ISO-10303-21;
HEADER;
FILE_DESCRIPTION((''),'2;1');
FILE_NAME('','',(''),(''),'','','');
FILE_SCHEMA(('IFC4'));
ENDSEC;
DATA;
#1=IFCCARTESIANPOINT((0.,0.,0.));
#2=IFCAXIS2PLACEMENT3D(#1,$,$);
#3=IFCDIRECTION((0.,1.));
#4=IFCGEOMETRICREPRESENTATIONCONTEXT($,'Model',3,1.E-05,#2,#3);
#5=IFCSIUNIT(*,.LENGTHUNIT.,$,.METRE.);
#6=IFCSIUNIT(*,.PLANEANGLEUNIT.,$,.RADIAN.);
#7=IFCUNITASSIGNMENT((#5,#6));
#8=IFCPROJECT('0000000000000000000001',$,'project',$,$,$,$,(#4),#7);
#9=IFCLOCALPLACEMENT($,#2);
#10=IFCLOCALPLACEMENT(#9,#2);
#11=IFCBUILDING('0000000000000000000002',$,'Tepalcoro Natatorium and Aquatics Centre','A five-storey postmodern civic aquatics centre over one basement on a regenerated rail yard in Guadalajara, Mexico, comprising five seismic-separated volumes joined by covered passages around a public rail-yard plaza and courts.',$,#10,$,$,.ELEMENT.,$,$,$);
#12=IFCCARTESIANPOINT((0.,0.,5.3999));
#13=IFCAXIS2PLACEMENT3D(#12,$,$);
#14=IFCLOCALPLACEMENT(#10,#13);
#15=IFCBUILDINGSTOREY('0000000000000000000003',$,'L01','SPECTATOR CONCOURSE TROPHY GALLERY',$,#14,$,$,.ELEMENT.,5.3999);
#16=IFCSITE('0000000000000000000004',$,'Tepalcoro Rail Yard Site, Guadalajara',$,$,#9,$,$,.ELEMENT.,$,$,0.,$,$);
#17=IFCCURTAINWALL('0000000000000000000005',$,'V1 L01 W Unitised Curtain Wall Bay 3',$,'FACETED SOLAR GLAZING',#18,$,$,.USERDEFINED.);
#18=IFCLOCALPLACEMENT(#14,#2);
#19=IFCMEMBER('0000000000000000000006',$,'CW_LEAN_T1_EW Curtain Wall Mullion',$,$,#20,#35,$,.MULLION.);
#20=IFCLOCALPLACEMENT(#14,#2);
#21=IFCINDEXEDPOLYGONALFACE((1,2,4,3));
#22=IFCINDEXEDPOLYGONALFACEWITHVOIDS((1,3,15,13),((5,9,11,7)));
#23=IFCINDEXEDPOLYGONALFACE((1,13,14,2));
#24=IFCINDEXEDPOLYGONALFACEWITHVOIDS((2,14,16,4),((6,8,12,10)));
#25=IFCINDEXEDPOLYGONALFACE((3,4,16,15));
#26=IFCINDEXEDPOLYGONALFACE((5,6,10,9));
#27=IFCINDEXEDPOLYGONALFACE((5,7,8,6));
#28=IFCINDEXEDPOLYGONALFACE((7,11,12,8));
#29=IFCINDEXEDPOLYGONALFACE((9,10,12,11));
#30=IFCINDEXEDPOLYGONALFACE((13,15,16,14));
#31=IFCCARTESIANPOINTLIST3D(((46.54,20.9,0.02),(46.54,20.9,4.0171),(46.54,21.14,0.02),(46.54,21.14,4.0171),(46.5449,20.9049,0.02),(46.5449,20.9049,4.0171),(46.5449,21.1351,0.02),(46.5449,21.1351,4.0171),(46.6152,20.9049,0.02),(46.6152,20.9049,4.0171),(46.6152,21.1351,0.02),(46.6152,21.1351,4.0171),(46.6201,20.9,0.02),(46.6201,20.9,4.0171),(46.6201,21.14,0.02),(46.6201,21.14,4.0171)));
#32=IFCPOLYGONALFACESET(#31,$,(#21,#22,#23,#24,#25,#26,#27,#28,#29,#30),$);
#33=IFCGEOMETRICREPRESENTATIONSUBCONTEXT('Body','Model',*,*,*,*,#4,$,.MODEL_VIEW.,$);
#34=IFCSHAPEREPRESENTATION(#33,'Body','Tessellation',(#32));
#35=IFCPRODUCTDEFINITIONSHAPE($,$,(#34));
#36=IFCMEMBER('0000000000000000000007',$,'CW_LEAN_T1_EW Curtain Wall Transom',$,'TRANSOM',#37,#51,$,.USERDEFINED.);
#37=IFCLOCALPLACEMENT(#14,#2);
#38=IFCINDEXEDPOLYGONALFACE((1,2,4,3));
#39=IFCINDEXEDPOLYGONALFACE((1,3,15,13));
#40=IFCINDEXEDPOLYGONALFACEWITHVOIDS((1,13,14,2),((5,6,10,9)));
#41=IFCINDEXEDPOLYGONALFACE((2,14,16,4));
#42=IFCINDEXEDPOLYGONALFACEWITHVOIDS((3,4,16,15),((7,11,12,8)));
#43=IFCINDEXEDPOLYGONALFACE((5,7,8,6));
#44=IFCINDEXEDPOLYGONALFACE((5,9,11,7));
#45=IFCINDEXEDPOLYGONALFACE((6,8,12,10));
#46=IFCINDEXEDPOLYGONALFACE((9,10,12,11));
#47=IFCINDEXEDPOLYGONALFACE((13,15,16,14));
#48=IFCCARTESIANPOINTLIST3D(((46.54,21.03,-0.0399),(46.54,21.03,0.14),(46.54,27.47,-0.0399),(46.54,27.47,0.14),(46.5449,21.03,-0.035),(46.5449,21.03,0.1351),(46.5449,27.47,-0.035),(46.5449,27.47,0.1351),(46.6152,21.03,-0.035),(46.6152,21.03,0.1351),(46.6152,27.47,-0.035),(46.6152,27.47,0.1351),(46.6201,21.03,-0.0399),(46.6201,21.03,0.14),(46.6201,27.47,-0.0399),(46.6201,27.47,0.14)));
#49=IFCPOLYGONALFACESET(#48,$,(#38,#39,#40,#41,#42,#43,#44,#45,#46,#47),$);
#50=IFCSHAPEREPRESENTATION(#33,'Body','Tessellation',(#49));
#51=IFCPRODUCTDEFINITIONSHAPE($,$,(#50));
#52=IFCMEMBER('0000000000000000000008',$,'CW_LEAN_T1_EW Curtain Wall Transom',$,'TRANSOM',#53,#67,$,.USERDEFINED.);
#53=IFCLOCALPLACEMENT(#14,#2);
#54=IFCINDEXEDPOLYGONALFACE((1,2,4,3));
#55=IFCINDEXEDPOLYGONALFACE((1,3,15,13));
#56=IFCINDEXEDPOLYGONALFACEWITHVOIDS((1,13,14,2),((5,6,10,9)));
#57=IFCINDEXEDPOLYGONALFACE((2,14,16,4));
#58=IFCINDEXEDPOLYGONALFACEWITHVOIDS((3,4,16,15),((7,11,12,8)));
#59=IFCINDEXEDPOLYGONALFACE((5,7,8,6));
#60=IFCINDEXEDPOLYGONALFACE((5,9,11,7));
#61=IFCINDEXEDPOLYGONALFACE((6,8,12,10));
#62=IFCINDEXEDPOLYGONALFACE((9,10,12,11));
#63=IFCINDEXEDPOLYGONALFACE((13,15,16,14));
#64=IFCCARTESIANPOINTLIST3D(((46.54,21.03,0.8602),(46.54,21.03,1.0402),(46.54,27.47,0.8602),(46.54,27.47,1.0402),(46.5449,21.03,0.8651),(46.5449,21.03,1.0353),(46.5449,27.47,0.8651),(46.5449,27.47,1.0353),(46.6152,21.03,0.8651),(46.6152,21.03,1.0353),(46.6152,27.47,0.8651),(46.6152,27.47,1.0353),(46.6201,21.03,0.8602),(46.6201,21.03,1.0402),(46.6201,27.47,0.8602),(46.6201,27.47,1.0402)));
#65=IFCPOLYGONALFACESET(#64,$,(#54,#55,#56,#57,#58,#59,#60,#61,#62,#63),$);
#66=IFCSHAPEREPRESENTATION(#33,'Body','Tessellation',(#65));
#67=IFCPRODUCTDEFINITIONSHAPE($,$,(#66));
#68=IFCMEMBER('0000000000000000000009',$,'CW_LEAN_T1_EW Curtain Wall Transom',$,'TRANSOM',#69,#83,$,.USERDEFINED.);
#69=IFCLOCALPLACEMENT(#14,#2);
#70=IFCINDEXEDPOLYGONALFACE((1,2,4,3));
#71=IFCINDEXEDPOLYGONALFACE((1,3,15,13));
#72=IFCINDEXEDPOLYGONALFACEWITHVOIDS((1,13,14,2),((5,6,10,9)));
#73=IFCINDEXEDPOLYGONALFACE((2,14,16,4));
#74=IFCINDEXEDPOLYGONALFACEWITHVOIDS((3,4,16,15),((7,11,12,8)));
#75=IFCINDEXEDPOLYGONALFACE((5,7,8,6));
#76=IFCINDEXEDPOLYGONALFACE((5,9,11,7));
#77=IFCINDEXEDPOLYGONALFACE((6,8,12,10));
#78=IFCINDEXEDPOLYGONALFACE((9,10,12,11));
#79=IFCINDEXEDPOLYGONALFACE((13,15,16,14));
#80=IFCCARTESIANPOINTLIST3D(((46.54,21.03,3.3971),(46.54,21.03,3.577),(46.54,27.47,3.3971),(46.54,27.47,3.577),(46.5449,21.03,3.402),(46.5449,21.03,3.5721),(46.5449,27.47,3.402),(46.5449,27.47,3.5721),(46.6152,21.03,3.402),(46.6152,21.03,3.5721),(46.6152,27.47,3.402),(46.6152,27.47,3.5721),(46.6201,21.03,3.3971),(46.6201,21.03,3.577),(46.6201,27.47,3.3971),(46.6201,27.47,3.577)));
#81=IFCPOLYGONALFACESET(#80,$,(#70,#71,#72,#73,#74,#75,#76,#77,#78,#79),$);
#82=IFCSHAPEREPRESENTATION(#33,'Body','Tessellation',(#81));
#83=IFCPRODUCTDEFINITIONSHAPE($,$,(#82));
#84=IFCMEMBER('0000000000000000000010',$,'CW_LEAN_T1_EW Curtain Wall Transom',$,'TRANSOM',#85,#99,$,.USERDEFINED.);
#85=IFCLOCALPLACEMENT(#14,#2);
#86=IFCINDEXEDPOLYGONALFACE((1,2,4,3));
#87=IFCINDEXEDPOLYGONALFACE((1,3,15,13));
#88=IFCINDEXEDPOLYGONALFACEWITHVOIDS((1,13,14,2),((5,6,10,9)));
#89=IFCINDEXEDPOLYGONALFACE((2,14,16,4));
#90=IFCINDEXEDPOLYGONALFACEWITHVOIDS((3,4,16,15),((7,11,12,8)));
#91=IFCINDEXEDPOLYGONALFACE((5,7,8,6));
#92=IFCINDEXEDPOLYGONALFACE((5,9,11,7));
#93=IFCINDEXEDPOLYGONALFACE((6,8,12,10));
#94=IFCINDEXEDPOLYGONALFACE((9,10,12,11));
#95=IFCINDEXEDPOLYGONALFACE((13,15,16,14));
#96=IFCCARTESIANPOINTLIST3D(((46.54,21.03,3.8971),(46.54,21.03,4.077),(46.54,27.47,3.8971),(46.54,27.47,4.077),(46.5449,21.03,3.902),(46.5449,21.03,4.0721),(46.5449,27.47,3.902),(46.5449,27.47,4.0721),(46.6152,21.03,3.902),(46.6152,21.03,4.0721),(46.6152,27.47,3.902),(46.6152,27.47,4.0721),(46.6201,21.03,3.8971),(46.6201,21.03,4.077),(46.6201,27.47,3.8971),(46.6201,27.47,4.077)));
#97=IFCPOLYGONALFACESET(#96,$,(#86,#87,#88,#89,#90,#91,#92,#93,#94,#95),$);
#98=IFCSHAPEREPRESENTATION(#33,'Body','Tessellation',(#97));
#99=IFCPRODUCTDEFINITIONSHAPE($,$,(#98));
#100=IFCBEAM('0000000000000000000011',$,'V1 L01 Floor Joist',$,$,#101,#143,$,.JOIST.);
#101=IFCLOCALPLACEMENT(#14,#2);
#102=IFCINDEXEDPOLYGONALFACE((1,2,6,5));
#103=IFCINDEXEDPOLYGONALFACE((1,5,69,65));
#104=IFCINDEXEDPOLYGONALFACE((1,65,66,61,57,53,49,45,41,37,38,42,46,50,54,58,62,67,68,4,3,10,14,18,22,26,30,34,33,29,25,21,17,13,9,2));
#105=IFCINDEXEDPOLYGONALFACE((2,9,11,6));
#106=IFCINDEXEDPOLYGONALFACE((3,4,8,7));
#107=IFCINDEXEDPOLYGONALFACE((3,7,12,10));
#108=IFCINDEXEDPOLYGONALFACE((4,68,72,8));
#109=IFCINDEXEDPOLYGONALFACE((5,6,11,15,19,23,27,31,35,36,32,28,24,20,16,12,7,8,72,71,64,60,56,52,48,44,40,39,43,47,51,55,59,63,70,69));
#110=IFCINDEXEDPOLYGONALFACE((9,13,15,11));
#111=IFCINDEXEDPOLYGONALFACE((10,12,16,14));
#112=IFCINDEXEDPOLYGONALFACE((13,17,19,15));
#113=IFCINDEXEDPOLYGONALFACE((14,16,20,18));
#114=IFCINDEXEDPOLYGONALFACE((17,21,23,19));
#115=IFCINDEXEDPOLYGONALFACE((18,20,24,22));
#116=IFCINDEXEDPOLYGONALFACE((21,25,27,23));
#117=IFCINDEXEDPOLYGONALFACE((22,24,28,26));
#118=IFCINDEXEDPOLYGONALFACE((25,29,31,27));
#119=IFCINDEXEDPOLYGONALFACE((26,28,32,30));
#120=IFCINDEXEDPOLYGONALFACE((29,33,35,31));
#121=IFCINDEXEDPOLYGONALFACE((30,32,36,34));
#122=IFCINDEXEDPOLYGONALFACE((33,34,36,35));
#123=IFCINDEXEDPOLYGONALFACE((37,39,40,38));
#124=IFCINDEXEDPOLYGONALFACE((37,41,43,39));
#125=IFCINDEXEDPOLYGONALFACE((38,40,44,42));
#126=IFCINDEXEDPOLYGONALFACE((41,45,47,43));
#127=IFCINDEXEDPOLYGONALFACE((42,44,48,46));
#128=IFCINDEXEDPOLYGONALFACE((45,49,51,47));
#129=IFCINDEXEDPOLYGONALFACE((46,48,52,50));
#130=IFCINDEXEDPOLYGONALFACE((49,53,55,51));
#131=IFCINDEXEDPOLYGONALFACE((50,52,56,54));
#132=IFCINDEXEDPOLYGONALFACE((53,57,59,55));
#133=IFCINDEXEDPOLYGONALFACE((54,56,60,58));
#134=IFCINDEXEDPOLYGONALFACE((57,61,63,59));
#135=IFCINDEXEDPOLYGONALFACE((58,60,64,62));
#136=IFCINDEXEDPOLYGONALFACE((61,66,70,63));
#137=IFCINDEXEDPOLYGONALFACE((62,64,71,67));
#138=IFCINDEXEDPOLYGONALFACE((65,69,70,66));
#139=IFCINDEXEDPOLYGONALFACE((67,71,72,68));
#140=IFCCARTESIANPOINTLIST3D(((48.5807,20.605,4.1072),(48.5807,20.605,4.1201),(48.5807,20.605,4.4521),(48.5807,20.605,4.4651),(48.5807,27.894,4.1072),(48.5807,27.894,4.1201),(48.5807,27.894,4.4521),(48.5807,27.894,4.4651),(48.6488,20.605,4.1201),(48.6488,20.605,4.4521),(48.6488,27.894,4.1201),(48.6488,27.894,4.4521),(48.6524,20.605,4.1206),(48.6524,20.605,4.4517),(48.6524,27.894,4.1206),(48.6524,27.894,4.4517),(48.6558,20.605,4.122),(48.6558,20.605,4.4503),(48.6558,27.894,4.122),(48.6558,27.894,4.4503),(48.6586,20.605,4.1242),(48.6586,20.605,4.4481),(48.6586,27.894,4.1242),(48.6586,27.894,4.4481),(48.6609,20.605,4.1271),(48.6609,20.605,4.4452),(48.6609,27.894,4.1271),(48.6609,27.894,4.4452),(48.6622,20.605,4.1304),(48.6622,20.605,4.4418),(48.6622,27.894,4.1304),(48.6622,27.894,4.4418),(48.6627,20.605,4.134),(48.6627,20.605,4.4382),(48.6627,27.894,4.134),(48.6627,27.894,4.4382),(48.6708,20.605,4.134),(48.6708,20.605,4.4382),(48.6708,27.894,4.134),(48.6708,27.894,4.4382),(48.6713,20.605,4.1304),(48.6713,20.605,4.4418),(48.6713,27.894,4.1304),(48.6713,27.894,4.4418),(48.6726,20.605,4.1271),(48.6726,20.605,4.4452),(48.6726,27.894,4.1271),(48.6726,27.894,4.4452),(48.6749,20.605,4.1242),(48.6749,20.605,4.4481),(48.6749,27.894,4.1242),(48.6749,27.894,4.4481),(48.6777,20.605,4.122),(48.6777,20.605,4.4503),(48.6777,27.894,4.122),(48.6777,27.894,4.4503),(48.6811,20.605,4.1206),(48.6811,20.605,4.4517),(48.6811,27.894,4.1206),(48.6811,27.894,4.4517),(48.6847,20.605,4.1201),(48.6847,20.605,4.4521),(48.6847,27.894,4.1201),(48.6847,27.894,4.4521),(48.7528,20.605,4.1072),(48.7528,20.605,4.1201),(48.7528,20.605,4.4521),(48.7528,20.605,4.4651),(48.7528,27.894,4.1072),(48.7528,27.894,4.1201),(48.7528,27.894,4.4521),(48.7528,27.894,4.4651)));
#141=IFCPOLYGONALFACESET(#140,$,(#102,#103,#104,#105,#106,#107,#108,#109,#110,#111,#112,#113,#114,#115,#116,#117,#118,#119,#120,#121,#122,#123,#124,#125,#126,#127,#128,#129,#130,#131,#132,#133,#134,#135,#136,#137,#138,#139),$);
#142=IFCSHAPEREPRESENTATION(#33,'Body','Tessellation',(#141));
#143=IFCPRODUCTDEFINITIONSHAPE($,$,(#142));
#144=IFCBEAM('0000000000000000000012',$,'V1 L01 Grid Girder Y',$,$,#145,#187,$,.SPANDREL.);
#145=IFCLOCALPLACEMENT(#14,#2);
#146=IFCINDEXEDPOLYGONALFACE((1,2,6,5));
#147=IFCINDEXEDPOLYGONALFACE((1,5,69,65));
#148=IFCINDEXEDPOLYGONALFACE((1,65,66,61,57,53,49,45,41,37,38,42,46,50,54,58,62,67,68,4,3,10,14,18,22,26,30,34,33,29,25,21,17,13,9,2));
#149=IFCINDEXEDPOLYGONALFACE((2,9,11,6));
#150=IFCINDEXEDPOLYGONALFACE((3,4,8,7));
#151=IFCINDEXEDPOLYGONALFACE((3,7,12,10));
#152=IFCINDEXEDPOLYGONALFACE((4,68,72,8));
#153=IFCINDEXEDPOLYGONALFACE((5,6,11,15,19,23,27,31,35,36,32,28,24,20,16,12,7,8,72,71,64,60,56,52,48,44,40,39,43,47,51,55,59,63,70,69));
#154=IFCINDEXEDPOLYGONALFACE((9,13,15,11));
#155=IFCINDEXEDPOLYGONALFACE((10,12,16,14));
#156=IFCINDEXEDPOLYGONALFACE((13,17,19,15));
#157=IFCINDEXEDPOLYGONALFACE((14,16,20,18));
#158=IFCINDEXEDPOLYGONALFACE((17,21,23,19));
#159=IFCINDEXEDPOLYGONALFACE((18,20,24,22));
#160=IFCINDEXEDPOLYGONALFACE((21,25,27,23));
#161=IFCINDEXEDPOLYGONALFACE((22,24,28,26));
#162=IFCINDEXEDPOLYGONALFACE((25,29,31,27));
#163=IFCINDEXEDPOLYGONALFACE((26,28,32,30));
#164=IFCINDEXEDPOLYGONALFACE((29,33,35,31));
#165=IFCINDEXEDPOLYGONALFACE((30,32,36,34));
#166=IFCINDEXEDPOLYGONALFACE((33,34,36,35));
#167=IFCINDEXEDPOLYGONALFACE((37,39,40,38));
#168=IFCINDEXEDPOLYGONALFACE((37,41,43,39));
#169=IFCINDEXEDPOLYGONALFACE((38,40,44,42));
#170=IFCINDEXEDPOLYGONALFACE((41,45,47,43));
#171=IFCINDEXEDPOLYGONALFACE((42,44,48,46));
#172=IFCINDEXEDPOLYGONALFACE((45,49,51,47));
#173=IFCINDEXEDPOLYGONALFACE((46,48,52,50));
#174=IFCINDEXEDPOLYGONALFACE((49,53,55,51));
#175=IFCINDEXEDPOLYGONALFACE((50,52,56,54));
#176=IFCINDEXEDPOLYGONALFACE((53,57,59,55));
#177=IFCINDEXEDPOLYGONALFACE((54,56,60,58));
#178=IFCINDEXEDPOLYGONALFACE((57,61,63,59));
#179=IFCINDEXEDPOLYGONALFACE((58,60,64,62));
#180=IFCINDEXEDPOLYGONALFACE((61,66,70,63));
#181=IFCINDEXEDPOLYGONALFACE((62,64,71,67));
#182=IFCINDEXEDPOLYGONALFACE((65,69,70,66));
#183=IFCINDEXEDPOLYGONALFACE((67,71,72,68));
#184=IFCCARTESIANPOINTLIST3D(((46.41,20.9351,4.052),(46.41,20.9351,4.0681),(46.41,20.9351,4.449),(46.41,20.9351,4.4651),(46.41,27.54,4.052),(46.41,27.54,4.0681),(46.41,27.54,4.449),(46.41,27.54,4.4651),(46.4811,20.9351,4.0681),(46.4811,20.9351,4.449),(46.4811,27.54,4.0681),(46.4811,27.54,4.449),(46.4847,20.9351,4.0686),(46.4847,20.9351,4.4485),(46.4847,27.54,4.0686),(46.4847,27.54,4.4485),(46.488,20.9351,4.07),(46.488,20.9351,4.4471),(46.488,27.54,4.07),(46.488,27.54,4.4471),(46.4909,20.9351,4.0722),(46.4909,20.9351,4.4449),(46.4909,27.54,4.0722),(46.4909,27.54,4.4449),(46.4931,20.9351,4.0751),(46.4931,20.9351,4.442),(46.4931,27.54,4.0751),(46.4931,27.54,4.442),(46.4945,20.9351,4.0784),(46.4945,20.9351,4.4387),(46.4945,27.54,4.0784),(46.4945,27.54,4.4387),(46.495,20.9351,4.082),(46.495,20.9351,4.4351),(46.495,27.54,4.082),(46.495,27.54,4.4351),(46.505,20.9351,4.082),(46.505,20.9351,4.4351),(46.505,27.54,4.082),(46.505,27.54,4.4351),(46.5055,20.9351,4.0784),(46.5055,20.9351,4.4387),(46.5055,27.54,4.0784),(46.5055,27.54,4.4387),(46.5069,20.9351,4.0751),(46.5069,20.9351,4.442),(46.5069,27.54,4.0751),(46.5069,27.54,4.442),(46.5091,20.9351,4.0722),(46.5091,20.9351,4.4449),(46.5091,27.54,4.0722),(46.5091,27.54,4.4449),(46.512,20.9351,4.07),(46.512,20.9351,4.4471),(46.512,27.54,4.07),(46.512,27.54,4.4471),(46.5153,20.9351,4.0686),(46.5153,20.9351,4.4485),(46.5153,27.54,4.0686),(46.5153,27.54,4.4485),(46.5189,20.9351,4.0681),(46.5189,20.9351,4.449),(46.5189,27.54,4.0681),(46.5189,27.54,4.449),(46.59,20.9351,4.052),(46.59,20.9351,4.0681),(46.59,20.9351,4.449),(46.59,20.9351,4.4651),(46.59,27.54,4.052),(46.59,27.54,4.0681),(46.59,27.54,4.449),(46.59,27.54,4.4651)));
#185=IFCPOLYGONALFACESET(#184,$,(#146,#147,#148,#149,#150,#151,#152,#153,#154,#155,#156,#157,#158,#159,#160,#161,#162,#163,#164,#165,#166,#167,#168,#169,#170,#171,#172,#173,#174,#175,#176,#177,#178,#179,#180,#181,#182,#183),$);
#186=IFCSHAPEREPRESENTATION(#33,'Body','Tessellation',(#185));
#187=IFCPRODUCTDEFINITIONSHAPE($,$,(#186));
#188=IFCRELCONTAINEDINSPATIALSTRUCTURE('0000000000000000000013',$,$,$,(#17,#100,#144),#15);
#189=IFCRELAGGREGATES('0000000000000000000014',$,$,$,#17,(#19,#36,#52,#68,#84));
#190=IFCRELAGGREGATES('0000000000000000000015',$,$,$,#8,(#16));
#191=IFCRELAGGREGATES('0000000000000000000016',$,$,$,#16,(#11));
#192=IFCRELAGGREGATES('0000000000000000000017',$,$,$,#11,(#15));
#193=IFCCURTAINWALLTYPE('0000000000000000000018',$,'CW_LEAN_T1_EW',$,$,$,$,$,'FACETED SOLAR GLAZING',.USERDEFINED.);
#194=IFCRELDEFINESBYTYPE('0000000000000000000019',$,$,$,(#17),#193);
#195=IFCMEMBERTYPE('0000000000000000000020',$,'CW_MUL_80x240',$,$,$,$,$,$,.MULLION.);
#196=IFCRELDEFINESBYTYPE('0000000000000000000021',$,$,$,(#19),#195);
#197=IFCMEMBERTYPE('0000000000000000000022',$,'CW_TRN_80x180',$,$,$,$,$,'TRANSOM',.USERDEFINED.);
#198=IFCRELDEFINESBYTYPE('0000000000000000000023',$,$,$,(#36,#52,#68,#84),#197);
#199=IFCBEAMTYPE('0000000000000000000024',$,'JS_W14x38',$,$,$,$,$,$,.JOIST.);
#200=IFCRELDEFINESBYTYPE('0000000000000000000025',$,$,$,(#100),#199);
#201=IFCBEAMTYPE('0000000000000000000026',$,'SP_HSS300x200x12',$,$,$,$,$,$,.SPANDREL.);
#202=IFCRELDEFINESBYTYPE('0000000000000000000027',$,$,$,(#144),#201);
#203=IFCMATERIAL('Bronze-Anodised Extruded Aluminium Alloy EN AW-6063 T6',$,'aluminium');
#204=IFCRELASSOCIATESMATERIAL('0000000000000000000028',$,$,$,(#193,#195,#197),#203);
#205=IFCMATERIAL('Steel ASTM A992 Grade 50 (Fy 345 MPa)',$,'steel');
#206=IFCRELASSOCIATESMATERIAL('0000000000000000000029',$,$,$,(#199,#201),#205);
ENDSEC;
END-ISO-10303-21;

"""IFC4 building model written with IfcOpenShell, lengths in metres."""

from ifc_helpers import new_model, si_unit, direction, frame, origin, origin_2d, place, context, subcontext, project, spatial, hollow_rectangle, i_section, extrude, material, material_profile, profile_set, type_object, element, aggregate, save


model = new_model("IFC4")

# Units and contexts
model_context = context("Model", 3, precision=1e-05, world=origin(), true_north=direction((0.0, 1.0)))
body_context = subcontext(model_context, "Body", "Model", "MODEL_VIEW")
ifc_project = project(units=[si_unit("LENGTHUNIT", "METRE"), si_unit("PLANEANGLEUNIT", "RADIAN")], contexts=[model_context])

# Site, building, storey
site_placement = place(None, origin())
site = spatial("IfcSite", under=ifc_project, at=site_placement, Name="Tepalcoro Rail Yard Site, Guadalajara", CompositionType="ELEMENT", RefElevation=0.0)
building_placement = place(site_placement, origin())
building = spatial("IfcBuilding", under=site, at=building_placement, Name="Tepalcoro Natatorium and Aquatics Centre", Description="A five-storey postmodern civic aquatics centre over one basement on a regenerated rail yard in Guadalajara, Mexico, comprising five seismic-separated volumes joined by covered passages around a public rail-yard plaza and courts.", CompositionType="ELEMENT")
storey_placement = place(building_placement, frame((0.0, 0.0, 5.3999)))
storey = spatial("IfcBuildingStorey", under=building, at=storey_placement, Name="L01", Description="SPECTATOR CONCOURSE TROPHY GALLERY", CompositionType="ELEMENT", Elevation=5.3999)

# Shared definitions
ifc_material_1 = material(Name="Steel ASTM A992 Grade 50 (Fy 345 MPa)", Category="steel")

# Curtain wall, members
ifc_material_2 = material(Name="Bronze-Anodised Extruded Aluminium Alloy EN AW-6063 T6", Category="aluminium")
curtain_wall_type_1 = type_object("IfcCurtainWallType", Name="CW_LEAN_T1_EW", ElementType="FACETED SOLAR GLAZING", PredefinedType="USERDEFINED", material=ifc_material_2)
curtain_wall_1_placement = place(storey_placement, origin())
curtain_wall_1 = element("IfcCurtainWall", 1, at=curtain_wall_1_placement, inside=storey, type_object=curtain_wall_type_1, Name="V1 L01 W Unitised Curtain Wall Bay 3", ObjectType="FACETED SOLAR GLAZING", PredefinedType="USERDEFINED")
ifc_material_profile_1 = material_profile(ifc_material_2, hollow_rectangle(XDim=0.0801, YDim=0.24, WallThickness=0.0049, at=origin_2d()), Name="AL80X240X5")
ifc_profile_set_1 = profile_set([ifc_material_profile_1], Name="Bronze-Anodised Extruded Aluminium Alloy EN AW-6063 T6")
member_type_1 = type_object("IfcMemberType", Name="CW_MUL_80x240", PredefinedType="MULLION", material=ifc_profile_set_1)
member_1_placement = place(storey_placement, frame((46.5801, 21.02, 0.02), z_axis=(0.0, 0.0, 1.0), x_axis=(1.0, 0.0, 0.0)))
member_1 = element("IfcMember", 2, at=member_1_placement, type_object=member_type_1, Name="CW_LEAN_T1_EW Curtain Wall Mullion", PredefinedType="MULLION", context=body_context, shape_type="SweptSolid", body=[
    extrude(hollow_rectangle(XDim=0.0801, YDim=0.24, WallThickness=0.0049, at=origin_2d()), origin(), (0.0, 0.0, 1.0), 3.9971),
])
ifc_material_profile_2 = material_profile(ifc_material_2, hollow_rectangle(XDim=0.0801, YDim=0.1799, WallThickness=0.0049, at=origin_2d()), Name="AL80X180X5")
ifc_profile_set_2 = profile_set([ifc_material_profile_2], Name="Bronze-Anodised Extruded Aluminium Alloy EN AW-6063 T6")
member_type_2 = type_object("IfcMemberType", Name="CW_TRN_80x180", ElementType="TRANSOM", PredefinedType="USERDEFINED", material=ifc_profile_set_2)
member_2_placement = place(storey_placement, frame((46.5801, 21.03, 0.05), z_axis=(0.0, 1.0, 0.0), x_axis=(-1.0, 0.0, 0.0)))
member_2 = element("IfcMember", 3, at=member_2_placement, type_object=member_type_2, Name="CW_LEAN_T1_EW Curtain Wall Transom", ObjectType="TRANSOM", PredefinedType="USERDEFINED", context=body_context, shape_type="SweptSolid", body=[
    extrude(hollow_rectangle(XDim=0.0801, YDim=0.1799, WallThickness=0.0049, at=origin_2d()), origin(), (0.0, 0.0, 1.0), 6.4399),
])
member_3_placement = place(storey_placement, frame((46.5801, 21.03, 0.9502), z_axis=(0.0, 1.0, 0.0), x_axis=(-1.0, 0.0, 0.0)))
member_3 = element("IfcMember", 4, at=member_3_placement, type_object=member_type_2, Name="CW_LEAN_T1_EW Curtain Wall Transom", ObjectType="TRANSOM", PredefinedType="USERDEFINED", context=body_context, shape_type="SweptSolid", body=[
    extrude(hollow_rectangle(XDim=0.0801, YDim=0.1799, WallThickness=0.0049, at=origin_2d()), origin(), (0.0, 0.0, 1.0), 6.4399),
])
member_4_placement = place(storey_placement, frame((46.5801, 21.03, 3.4871), z_axis=(0.0, 1.0, 0.0), x_axis=(-1.0, 0.0, 0.0)))
member_4 = element("IfcMember", 5, at=member_4_placement, type_object=member_type_2, Name="CW_LEAN_T1_EW Curtain Wall Transom", ObjectType="TRANSOM", PredefinedType="USERDEFINED", context=body_context, shape_type="SweptSolid", body=[
    extrude(hollow_rectangle(XDim=0.0801, YDim=0.1799, WallThickness=0.0049, at=origin_2d()), origin(), (0.0, 0.0, 1.0), 6.4399),
])
member_5_placement = place(storey_placement, frame((46.5801, 21.03, 3.9871), z_axis=(0.0, 1.0, 0.0), x_axis=(-1.0, 0.0, 0.0)))
member_5 = element("IfcMember", 6, at=member_5_placement, type_object=member_type_2, Name="CW_LEAN_T1_EW Curtain Wall Transom", ObjectType="TRANSOM", PredefinedType="USERDEFINED", context=body_context, shape_type="SweptSolid", body=[
    extrude(hollow_rectangle(XDim=0.0801, YDim=0.1799, WallThickness=0.0049, at=origin_2d()), origin(), (0.0, 0.0, 1.0), 6.4399),
])

# Beams
ifc_material_profile_3 = material_profile(ifc_material_1, i_section(OverallWidth=0.1721, OverallDepth=0.3579, WebThickness=0.0081, FlangeThickness=0.0129, FilletRadius=0.0139, at=origin_2d()), Name="W14X38")
ifc_profile_set_3 = profile_set([ifc_material_profile_3], Name="Steel ASTM A992 Grade 50 (Fy 345 MPa)")
beam_type_1 = type_object("IfcBeamType", Name="JS_W14x38", PredefinedType="JOIST", material=ifc_profile_set_3)
beam_1_placement = place(storey_placement, frame((48.6667, 20.605, 4.2861), z_axis=(0.0, 1.0, 0.0), x_axis=(-1.0, 0.0, 0.0)))
element("IfcBeam", 7, at=beam_1_placement, inside=storey, type_object=beam_type_1, Name="V1 L01 Floor Joist", PredefinedType="JOIST", context=body_context, shape_type="SweptSolid", body=[
    extrude(i_section(OverallWidth=0.1721, OverallDepth=0.3579, WebThickness=0.0081, FlangeThickness=0.0129, FilletRadius=0.0139, at=origin_2d()), origin(), (0.0, 0.0, 1.0), 7.2891),
])
ifc_material_profile_4 = material_profile(ifc_material_1, i_section(OverallWidth=0.1799, OverallDepth=0.4131, WebThickness=0.01, FlangeThickness=0.0161, FilletRadius=0.0139, at=origin_2d()), Name="W16X50")
ifc_profile_set_4 = profile_set([ifc_material_profile_4], Name="Steel ASTM A992 Grade 50 (Fy 345 MPa)")
beam_type_2 = type_object("IfcBeamType", Name="SP_HSS300x200x12", PredefinedType="SPANDREL", material=ifc_profile_set_4)
beam_2_placement = place(storey_placement, frame((46.5, 20.9351, 4.2585), z_axis=(0.0, 1.0, 0.0), x_axis=(-1.0, 0.0, 0.0)))
element("IfcBeam", 8, at=beam_2_placement, inside=storey, type_object=beam_type_2, Name="V1 L01 Grid Girder Y", PredefinedType="SPANDREL", context=body_context, shape_type="SweptSolid", body=[
    extrude(i_section(OverallWidth=0.1799, OverallDepth=0.4131, WebThickness=0.01, FlangeThickness=0.0161, FilletRadius=0.0139, at=origin_2d()), origin(), (0.0, 0.0, 1.0), 6.605),
])

aggregate(curtain_wall_1, [member_1, member_2, member_3, member_4, member_5])

save(model, "model.ifc")
